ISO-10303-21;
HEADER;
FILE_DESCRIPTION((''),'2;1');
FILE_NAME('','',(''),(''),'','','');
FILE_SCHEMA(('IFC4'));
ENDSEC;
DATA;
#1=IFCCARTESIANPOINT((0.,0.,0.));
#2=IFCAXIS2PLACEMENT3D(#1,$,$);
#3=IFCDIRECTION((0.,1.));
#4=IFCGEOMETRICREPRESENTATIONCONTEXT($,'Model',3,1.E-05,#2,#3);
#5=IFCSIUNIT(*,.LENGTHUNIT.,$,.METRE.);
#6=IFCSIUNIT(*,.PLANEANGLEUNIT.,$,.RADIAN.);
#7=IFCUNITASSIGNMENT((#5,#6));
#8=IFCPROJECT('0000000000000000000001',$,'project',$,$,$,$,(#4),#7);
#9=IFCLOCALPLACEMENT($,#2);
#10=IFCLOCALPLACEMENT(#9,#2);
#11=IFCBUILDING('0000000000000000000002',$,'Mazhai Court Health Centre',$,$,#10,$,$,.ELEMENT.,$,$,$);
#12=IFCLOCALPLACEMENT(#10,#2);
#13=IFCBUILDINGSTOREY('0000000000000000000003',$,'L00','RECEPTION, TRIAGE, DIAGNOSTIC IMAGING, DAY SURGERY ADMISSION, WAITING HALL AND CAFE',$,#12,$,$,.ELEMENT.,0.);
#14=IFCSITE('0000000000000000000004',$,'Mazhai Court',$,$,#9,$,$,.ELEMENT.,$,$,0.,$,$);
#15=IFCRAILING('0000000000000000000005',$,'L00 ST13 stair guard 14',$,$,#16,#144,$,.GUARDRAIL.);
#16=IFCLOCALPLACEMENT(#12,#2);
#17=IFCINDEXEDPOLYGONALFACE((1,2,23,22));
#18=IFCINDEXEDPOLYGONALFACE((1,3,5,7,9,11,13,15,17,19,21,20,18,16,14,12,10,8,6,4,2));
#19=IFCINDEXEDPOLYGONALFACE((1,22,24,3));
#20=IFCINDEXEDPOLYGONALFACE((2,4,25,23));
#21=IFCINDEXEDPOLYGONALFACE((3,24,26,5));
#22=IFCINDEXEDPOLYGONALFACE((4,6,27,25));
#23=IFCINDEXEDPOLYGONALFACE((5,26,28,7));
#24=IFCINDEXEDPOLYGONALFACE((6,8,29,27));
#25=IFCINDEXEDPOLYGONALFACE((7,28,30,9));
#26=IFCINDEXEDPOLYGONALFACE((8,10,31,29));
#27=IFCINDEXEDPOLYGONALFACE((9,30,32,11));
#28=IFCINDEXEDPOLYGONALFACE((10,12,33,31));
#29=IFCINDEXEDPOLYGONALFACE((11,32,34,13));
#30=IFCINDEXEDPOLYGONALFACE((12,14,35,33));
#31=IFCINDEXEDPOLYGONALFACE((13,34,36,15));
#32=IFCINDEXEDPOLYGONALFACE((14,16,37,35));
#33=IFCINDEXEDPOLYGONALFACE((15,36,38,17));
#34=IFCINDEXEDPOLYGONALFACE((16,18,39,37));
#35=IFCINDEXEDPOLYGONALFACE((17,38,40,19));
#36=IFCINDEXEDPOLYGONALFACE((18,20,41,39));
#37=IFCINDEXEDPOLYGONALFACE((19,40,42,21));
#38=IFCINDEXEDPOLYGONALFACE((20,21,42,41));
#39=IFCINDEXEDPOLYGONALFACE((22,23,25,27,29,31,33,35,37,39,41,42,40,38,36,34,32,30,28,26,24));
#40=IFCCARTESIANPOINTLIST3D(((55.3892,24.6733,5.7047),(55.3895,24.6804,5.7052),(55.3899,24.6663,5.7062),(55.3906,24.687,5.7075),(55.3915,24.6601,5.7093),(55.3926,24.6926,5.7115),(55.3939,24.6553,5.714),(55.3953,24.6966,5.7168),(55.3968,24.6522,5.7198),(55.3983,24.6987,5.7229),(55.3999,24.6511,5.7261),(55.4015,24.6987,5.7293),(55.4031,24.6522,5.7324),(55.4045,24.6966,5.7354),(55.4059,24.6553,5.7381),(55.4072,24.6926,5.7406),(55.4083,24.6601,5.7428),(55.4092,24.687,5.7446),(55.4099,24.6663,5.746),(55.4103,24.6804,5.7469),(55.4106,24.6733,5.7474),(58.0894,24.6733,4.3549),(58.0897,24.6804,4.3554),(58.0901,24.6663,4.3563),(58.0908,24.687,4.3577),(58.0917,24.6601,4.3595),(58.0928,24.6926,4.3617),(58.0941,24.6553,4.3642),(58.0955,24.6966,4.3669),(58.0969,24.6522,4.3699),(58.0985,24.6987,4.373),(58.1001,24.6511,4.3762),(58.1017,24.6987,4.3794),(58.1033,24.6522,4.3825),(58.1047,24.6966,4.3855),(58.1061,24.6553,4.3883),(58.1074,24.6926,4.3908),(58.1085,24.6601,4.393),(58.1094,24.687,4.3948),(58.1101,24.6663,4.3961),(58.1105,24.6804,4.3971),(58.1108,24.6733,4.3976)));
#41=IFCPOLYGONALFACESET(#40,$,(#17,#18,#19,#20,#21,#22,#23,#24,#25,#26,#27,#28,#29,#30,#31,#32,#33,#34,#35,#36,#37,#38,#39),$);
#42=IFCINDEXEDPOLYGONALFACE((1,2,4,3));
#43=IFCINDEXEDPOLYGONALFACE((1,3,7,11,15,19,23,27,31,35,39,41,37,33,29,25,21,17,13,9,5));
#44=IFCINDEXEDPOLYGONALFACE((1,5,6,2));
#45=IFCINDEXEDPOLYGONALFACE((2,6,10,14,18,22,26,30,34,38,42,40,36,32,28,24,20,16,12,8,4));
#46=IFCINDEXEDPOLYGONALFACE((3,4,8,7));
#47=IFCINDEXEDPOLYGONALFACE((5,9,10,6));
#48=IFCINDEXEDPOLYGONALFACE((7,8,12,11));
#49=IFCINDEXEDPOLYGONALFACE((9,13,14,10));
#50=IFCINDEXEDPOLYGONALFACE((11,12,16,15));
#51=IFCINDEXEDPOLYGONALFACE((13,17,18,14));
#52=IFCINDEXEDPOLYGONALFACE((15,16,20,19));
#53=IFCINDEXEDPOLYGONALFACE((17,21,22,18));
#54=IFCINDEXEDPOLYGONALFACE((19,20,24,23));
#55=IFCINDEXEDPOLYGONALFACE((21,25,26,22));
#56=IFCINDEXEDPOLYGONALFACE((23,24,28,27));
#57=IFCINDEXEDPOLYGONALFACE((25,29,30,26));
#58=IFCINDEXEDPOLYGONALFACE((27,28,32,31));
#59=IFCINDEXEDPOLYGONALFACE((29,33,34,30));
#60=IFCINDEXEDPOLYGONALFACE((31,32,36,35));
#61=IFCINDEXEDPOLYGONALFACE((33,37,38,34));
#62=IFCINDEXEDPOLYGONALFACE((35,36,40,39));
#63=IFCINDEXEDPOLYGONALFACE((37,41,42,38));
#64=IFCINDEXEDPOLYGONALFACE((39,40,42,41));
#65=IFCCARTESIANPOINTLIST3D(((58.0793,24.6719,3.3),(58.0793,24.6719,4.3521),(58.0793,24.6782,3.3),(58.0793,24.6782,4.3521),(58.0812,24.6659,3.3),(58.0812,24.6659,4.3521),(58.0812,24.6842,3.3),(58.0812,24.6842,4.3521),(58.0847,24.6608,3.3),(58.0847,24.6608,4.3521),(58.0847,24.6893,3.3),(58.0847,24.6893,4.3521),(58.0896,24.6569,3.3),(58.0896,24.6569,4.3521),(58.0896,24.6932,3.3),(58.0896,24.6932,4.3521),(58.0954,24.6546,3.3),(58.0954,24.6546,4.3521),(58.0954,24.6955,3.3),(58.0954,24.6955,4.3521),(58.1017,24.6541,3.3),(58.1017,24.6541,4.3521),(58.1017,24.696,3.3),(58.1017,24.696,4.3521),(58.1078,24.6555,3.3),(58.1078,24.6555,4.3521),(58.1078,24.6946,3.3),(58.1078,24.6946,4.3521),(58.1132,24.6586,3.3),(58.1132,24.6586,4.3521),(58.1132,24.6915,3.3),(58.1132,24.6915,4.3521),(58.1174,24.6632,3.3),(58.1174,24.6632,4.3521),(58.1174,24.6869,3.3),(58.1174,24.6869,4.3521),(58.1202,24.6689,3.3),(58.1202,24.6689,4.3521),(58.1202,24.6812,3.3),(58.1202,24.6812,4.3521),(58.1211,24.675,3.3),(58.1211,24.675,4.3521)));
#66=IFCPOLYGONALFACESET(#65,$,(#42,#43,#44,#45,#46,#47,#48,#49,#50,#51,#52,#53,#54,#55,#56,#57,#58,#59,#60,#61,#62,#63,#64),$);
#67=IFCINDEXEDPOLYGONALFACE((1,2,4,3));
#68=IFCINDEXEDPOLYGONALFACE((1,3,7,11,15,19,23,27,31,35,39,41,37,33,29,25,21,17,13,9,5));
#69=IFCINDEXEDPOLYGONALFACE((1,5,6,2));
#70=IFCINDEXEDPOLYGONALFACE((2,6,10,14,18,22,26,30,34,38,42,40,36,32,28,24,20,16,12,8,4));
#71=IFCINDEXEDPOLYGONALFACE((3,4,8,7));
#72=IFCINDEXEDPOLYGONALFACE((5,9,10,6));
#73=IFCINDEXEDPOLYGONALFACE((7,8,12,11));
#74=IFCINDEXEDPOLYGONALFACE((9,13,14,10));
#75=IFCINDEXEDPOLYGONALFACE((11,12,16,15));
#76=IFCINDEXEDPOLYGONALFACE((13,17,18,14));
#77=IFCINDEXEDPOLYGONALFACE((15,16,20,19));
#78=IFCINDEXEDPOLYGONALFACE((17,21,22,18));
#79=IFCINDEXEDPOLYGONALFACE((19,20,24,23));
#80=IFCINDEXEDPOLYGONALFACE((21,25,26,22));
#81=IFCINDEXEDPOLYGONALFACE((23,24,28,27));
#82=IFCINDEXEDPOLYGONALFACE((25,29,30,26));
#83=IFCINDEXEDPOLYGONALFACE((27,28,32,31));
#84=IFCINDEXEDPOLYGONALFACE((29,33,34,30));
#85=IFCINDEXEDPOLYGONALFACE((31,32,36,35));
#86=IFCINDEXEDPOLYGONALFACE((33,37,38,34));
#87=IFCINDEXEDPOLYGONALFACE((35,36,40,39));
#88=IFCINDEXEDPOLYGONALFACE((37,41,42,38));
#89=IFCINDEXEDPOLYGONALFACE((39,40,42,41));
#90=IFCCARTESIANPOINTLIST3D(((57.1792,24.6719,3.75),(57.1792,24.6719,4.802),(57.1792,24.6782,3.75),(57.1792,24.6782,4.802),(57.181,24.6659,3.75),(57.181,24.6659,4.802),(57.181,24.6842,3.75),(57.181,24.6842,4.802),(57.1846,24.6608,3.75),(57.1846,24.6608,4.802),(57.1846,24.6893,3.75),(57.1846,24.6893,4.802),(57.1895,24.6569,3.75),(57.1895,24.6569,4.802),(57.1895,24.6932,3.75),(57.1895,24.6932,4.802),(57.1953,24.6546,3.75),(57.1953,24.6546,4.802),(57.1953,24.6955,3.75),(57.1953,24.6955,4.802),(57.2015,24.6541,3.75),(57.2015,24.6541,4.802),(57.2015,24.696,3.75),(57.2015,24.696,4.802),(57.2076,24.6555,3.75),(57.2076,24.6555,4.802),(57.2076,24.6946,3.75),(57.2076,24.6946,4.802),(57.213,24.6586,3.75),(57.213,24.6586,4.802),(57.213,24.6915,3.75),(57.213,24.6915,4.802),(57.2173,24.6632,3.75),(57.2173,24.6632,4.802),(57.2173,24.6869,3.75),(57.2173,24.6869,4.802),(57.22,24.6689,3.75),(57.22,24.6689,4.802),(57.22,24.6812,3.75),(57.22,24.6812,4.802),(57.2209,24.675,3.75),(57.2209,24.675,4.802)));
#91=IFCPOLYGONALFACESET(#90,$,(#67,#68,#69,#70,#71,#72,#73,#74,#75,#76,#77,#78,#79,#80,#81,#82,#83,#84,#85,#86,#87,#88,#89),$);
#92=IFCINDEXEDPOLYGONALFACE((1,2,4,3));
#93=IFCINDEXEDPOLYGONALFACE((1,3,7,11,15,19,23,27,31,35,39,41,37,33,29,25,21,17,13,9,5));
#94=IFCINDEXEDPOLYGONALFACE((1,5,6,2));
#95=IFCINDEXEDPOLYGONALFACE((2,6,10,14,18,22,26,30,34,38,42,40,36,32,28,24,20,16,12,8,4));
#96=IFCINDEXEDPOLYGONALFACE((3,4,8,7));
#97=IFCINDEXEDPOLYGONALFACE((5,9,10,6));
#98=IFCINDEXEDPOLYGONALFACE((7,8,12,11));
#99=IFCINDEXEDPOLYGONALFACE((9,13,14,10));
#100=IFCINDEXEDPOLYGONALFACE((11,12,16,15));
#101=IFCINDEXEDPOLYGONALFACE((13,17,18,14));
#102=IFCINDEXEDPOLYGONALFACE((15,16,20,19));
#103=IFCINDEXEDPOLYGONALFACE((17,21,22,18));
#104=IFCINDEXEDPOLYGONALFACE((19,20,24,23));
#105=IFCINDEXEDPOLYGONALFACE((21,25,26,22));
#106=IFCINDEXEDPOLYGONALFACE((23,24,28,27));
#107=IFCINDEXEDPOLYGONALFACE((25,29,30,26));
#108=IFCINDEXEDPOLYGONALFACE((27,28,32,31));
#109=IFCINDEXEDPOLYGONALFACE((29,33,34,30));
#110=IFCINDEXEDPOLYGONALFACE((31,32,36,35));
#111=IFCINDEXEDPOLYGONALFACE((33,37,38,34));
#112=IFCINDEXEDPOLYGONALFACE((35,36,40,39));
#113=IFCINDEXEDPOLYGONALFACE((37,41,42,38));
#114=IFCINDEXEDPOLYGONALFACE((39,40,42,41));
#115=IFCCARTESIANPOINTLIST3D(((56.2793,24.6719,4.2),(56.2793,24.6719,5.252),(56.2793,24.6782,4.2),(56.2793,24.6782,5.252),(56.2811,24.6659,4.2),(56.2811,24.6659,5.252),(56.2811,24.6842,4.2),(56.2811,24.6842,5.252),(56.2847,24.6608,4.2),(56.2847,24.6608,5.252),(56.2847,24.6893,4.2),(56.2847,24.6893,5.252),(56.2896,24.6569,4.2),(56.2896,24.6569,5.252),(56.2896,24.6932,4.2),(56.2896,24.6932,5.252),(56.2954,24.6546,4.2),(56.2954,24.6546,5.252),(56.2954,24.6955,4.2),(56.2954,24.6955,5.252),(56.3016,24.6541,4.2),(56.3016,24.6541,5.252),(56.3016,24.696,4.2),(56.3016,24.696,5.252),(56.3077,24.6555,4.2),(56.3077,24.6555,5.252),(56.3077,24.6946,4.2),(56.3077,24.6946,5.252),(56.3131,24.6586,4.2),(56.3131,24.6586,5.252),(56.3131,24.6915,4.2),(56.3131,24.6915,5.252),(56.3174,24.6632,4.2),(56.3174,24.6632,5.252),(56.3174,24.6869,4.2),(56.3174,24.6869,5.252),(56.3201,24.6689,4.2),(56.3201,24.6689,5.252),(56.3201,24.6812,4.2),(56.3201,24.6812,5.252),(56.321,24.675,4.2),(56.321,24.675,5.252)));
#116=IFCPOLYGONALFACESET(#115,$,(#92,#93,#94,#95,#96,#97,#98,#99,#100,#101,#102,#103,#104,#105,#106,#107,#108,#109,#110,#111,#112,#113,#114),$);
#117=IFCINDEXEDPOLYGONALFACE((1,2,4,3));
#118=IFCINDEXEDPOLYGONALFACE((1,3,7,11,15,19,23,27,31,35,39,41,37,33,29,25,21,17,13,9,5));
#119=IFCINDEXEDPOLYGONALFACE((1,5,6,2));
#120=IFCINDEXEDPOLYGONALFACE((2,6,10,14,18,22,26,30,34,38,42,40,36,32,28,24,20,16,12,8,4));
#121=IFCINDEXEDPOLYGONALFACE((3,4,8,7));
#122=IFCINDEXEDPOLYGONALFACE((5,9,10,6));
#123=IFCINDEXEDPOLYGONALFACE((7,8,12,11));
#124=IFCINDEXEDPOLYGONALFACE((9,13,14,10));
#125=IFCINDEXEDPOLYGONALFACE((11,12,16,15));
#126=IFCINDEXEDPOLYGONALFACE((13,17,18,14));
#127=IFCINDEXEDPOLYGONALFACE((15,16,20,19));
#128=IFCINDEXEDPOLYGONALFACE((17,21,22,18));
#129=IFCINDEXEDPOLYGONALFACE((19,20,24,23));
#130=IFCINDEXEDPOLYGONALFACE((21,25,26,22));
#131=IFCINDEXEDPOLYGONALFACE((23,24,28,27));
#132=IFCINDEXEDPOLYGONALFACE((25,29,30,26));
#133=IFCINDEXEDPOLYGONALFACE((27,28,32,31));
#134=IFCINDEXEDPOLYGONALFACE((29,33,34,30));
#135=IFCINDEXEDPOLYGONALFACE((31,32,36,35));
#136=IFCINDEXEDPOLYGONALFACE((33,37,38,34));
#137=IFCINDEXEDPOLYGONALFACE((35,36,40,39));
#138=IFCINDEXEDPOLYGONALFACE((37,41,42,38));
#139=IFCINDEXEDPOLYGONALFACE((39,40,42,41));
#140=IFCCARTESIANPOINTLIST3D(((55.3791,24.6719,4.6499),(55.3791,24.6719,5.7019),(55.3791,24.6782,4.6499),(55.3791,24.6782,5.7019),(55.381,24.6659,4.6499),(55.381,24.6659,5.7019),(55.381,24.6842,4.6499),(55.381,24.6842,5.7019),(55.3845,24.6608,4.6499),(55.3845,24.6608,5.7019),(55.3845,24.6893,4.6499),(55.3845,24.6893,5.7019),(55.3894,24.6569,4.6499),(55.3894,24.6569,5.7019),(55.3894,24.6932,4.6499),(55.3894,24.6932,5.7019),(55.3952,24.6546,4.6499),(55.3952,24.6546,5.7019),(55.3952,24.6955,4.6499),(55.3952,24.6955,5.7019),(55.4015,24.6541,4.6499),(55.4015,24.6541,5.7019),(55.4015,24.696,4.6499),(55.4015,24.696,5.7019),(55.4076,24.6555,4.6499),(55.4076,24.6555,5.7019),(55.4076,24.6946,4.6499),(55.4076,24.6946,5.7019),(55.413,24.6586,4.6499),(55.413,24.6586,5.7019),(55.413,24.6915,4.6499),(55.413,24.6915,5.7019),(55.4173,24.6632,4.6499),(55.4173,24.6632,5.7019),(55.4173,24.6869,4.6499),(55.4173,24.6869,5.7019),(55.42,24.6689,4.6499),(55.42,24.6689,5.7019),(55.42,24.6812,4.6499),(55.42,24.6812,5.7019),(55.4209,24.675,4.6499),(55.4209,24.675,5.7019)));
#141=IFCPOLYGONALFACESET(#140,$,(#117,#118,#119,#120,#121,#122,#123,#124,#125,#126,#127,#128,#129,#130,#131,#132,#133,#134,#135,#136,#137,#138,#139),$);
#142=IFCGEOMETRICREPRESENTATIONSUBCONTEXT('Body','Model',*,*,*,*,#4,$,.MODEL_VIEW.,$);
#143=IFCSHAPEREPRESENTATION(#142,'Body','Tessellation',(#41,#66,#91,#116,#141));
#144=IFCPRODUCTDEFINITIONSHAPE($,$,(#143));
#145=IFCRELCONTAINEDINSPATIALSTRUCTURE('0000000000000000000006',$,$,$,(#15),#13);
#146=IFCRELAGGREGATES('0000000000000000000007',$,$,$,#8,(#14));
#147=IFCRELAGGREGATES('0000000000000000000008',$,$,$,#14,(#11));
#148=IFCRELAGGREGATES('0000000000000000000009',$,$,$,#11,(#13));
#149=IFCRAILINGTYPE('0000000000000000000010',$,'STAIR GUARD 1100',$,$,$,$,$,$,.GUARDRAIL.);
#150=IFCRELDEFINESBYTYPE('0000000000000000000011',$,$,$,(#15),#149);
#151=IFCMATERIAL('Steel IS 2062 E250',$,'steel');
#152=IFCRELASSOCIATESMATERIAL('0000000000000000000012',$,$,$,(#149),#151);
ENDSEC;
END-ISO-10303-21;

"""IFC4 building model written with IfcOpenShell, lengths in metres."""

from ifc_helpers import new_model, si_unit, direction, frame, origin, origin_2d, place, context, subcontext, project, spatial, circle, extrude, material, type_object, element, save


model = new_model("IFC4")

# Units and contexts
model_context = context("Model", 3, precision=1e-05, world=origin(), true_north=direction((0.0, 1.0)))
body_context = subcontext(model_context, "Body", "Model", "MODEL_VIEW")
ifc_project = project(units=[si_unit("LENGTHUNIT", "METRE"), si_unit("PLANEANGLEUNIT", "RADIAN")], contexts=[model_context])

# Site, building, storey
site_placement = place(None, origin())
site = spatial("IfcSite", under=ifc_project, at=site_placement, Name="Mazhai Court", CompositionType="ELEMENT", RefElevation=0.0)
building_placement = place(site_placement, origin())
building = spatial("IfcBuilding", under=site, at=building_placement, Name="Mazhai Court Health Centre", CompositionType="ELEMENT")
storey_placement = place(building_placement, origin())
storey = spatial("IfcBuildingStorey", under=building, at=storey_placement, Name="L00", Description="RECEPTION, TRIAGE, DIAGNOSTIC IMAGING, DAY SURGERY ADMISSION, WAITING HALL AND CAFE", CompositionType="ELEMENT", Elevation=0.0)

# Railing
ifc_material_1 = material(Name="Steel IS 2062 E250", Category="steel")
railing_type_1 = type_object("IfcRailingType", Name="STAIR GUARD 1100", PredefinedType="GUARDRAIL", material=ifc_material_1)
for number, where, name in (
    (1, (58.1001, 24.675, 3.3), "L00 ST13 stair guard 14"),
):
    element("IfcRailing", number, at=place(storey_placement, frame(where)), inside=storey, type_object=railing_type_1, Name=name, PredefinedType="GUARDRAIL", context=body_context, shape_type="SweptSolid", body=[
        extrude(circle(Radius=0.0239, at=origin_2d()), frame((0.0, 0.0, 1.0762), z_axis=(-0.89446, 0.0, 0.447149), x_axis=(0.0, -1.0, 0.0)), (0.0, 0.0, 1.0), 3.0188),
        extrude(circle(Radius=0.021, at=origin_2d()), origin(), (0.0, 0.0, 1.0), 1.052),
        extrude(circle(Radius=0.021, at=origin_2d()), frame((-0.9001, 0.0, 0.45)), (0.0, 0.0, 1.0), 1.052),
        extrude(circle(Radius=0.021, at=origin_2d()), frame((-1.8, 0.0, 0.8999)), (0.0, 0.0, 1.0), 1.052),
        extrude(circle(Radius=0.021, at=origin_2d()), frame((-2.7002, 0.0, 1.3499)), (0.0, 0.0, 1.0), 1.052),
    ])

save(model, "model.ifc")
